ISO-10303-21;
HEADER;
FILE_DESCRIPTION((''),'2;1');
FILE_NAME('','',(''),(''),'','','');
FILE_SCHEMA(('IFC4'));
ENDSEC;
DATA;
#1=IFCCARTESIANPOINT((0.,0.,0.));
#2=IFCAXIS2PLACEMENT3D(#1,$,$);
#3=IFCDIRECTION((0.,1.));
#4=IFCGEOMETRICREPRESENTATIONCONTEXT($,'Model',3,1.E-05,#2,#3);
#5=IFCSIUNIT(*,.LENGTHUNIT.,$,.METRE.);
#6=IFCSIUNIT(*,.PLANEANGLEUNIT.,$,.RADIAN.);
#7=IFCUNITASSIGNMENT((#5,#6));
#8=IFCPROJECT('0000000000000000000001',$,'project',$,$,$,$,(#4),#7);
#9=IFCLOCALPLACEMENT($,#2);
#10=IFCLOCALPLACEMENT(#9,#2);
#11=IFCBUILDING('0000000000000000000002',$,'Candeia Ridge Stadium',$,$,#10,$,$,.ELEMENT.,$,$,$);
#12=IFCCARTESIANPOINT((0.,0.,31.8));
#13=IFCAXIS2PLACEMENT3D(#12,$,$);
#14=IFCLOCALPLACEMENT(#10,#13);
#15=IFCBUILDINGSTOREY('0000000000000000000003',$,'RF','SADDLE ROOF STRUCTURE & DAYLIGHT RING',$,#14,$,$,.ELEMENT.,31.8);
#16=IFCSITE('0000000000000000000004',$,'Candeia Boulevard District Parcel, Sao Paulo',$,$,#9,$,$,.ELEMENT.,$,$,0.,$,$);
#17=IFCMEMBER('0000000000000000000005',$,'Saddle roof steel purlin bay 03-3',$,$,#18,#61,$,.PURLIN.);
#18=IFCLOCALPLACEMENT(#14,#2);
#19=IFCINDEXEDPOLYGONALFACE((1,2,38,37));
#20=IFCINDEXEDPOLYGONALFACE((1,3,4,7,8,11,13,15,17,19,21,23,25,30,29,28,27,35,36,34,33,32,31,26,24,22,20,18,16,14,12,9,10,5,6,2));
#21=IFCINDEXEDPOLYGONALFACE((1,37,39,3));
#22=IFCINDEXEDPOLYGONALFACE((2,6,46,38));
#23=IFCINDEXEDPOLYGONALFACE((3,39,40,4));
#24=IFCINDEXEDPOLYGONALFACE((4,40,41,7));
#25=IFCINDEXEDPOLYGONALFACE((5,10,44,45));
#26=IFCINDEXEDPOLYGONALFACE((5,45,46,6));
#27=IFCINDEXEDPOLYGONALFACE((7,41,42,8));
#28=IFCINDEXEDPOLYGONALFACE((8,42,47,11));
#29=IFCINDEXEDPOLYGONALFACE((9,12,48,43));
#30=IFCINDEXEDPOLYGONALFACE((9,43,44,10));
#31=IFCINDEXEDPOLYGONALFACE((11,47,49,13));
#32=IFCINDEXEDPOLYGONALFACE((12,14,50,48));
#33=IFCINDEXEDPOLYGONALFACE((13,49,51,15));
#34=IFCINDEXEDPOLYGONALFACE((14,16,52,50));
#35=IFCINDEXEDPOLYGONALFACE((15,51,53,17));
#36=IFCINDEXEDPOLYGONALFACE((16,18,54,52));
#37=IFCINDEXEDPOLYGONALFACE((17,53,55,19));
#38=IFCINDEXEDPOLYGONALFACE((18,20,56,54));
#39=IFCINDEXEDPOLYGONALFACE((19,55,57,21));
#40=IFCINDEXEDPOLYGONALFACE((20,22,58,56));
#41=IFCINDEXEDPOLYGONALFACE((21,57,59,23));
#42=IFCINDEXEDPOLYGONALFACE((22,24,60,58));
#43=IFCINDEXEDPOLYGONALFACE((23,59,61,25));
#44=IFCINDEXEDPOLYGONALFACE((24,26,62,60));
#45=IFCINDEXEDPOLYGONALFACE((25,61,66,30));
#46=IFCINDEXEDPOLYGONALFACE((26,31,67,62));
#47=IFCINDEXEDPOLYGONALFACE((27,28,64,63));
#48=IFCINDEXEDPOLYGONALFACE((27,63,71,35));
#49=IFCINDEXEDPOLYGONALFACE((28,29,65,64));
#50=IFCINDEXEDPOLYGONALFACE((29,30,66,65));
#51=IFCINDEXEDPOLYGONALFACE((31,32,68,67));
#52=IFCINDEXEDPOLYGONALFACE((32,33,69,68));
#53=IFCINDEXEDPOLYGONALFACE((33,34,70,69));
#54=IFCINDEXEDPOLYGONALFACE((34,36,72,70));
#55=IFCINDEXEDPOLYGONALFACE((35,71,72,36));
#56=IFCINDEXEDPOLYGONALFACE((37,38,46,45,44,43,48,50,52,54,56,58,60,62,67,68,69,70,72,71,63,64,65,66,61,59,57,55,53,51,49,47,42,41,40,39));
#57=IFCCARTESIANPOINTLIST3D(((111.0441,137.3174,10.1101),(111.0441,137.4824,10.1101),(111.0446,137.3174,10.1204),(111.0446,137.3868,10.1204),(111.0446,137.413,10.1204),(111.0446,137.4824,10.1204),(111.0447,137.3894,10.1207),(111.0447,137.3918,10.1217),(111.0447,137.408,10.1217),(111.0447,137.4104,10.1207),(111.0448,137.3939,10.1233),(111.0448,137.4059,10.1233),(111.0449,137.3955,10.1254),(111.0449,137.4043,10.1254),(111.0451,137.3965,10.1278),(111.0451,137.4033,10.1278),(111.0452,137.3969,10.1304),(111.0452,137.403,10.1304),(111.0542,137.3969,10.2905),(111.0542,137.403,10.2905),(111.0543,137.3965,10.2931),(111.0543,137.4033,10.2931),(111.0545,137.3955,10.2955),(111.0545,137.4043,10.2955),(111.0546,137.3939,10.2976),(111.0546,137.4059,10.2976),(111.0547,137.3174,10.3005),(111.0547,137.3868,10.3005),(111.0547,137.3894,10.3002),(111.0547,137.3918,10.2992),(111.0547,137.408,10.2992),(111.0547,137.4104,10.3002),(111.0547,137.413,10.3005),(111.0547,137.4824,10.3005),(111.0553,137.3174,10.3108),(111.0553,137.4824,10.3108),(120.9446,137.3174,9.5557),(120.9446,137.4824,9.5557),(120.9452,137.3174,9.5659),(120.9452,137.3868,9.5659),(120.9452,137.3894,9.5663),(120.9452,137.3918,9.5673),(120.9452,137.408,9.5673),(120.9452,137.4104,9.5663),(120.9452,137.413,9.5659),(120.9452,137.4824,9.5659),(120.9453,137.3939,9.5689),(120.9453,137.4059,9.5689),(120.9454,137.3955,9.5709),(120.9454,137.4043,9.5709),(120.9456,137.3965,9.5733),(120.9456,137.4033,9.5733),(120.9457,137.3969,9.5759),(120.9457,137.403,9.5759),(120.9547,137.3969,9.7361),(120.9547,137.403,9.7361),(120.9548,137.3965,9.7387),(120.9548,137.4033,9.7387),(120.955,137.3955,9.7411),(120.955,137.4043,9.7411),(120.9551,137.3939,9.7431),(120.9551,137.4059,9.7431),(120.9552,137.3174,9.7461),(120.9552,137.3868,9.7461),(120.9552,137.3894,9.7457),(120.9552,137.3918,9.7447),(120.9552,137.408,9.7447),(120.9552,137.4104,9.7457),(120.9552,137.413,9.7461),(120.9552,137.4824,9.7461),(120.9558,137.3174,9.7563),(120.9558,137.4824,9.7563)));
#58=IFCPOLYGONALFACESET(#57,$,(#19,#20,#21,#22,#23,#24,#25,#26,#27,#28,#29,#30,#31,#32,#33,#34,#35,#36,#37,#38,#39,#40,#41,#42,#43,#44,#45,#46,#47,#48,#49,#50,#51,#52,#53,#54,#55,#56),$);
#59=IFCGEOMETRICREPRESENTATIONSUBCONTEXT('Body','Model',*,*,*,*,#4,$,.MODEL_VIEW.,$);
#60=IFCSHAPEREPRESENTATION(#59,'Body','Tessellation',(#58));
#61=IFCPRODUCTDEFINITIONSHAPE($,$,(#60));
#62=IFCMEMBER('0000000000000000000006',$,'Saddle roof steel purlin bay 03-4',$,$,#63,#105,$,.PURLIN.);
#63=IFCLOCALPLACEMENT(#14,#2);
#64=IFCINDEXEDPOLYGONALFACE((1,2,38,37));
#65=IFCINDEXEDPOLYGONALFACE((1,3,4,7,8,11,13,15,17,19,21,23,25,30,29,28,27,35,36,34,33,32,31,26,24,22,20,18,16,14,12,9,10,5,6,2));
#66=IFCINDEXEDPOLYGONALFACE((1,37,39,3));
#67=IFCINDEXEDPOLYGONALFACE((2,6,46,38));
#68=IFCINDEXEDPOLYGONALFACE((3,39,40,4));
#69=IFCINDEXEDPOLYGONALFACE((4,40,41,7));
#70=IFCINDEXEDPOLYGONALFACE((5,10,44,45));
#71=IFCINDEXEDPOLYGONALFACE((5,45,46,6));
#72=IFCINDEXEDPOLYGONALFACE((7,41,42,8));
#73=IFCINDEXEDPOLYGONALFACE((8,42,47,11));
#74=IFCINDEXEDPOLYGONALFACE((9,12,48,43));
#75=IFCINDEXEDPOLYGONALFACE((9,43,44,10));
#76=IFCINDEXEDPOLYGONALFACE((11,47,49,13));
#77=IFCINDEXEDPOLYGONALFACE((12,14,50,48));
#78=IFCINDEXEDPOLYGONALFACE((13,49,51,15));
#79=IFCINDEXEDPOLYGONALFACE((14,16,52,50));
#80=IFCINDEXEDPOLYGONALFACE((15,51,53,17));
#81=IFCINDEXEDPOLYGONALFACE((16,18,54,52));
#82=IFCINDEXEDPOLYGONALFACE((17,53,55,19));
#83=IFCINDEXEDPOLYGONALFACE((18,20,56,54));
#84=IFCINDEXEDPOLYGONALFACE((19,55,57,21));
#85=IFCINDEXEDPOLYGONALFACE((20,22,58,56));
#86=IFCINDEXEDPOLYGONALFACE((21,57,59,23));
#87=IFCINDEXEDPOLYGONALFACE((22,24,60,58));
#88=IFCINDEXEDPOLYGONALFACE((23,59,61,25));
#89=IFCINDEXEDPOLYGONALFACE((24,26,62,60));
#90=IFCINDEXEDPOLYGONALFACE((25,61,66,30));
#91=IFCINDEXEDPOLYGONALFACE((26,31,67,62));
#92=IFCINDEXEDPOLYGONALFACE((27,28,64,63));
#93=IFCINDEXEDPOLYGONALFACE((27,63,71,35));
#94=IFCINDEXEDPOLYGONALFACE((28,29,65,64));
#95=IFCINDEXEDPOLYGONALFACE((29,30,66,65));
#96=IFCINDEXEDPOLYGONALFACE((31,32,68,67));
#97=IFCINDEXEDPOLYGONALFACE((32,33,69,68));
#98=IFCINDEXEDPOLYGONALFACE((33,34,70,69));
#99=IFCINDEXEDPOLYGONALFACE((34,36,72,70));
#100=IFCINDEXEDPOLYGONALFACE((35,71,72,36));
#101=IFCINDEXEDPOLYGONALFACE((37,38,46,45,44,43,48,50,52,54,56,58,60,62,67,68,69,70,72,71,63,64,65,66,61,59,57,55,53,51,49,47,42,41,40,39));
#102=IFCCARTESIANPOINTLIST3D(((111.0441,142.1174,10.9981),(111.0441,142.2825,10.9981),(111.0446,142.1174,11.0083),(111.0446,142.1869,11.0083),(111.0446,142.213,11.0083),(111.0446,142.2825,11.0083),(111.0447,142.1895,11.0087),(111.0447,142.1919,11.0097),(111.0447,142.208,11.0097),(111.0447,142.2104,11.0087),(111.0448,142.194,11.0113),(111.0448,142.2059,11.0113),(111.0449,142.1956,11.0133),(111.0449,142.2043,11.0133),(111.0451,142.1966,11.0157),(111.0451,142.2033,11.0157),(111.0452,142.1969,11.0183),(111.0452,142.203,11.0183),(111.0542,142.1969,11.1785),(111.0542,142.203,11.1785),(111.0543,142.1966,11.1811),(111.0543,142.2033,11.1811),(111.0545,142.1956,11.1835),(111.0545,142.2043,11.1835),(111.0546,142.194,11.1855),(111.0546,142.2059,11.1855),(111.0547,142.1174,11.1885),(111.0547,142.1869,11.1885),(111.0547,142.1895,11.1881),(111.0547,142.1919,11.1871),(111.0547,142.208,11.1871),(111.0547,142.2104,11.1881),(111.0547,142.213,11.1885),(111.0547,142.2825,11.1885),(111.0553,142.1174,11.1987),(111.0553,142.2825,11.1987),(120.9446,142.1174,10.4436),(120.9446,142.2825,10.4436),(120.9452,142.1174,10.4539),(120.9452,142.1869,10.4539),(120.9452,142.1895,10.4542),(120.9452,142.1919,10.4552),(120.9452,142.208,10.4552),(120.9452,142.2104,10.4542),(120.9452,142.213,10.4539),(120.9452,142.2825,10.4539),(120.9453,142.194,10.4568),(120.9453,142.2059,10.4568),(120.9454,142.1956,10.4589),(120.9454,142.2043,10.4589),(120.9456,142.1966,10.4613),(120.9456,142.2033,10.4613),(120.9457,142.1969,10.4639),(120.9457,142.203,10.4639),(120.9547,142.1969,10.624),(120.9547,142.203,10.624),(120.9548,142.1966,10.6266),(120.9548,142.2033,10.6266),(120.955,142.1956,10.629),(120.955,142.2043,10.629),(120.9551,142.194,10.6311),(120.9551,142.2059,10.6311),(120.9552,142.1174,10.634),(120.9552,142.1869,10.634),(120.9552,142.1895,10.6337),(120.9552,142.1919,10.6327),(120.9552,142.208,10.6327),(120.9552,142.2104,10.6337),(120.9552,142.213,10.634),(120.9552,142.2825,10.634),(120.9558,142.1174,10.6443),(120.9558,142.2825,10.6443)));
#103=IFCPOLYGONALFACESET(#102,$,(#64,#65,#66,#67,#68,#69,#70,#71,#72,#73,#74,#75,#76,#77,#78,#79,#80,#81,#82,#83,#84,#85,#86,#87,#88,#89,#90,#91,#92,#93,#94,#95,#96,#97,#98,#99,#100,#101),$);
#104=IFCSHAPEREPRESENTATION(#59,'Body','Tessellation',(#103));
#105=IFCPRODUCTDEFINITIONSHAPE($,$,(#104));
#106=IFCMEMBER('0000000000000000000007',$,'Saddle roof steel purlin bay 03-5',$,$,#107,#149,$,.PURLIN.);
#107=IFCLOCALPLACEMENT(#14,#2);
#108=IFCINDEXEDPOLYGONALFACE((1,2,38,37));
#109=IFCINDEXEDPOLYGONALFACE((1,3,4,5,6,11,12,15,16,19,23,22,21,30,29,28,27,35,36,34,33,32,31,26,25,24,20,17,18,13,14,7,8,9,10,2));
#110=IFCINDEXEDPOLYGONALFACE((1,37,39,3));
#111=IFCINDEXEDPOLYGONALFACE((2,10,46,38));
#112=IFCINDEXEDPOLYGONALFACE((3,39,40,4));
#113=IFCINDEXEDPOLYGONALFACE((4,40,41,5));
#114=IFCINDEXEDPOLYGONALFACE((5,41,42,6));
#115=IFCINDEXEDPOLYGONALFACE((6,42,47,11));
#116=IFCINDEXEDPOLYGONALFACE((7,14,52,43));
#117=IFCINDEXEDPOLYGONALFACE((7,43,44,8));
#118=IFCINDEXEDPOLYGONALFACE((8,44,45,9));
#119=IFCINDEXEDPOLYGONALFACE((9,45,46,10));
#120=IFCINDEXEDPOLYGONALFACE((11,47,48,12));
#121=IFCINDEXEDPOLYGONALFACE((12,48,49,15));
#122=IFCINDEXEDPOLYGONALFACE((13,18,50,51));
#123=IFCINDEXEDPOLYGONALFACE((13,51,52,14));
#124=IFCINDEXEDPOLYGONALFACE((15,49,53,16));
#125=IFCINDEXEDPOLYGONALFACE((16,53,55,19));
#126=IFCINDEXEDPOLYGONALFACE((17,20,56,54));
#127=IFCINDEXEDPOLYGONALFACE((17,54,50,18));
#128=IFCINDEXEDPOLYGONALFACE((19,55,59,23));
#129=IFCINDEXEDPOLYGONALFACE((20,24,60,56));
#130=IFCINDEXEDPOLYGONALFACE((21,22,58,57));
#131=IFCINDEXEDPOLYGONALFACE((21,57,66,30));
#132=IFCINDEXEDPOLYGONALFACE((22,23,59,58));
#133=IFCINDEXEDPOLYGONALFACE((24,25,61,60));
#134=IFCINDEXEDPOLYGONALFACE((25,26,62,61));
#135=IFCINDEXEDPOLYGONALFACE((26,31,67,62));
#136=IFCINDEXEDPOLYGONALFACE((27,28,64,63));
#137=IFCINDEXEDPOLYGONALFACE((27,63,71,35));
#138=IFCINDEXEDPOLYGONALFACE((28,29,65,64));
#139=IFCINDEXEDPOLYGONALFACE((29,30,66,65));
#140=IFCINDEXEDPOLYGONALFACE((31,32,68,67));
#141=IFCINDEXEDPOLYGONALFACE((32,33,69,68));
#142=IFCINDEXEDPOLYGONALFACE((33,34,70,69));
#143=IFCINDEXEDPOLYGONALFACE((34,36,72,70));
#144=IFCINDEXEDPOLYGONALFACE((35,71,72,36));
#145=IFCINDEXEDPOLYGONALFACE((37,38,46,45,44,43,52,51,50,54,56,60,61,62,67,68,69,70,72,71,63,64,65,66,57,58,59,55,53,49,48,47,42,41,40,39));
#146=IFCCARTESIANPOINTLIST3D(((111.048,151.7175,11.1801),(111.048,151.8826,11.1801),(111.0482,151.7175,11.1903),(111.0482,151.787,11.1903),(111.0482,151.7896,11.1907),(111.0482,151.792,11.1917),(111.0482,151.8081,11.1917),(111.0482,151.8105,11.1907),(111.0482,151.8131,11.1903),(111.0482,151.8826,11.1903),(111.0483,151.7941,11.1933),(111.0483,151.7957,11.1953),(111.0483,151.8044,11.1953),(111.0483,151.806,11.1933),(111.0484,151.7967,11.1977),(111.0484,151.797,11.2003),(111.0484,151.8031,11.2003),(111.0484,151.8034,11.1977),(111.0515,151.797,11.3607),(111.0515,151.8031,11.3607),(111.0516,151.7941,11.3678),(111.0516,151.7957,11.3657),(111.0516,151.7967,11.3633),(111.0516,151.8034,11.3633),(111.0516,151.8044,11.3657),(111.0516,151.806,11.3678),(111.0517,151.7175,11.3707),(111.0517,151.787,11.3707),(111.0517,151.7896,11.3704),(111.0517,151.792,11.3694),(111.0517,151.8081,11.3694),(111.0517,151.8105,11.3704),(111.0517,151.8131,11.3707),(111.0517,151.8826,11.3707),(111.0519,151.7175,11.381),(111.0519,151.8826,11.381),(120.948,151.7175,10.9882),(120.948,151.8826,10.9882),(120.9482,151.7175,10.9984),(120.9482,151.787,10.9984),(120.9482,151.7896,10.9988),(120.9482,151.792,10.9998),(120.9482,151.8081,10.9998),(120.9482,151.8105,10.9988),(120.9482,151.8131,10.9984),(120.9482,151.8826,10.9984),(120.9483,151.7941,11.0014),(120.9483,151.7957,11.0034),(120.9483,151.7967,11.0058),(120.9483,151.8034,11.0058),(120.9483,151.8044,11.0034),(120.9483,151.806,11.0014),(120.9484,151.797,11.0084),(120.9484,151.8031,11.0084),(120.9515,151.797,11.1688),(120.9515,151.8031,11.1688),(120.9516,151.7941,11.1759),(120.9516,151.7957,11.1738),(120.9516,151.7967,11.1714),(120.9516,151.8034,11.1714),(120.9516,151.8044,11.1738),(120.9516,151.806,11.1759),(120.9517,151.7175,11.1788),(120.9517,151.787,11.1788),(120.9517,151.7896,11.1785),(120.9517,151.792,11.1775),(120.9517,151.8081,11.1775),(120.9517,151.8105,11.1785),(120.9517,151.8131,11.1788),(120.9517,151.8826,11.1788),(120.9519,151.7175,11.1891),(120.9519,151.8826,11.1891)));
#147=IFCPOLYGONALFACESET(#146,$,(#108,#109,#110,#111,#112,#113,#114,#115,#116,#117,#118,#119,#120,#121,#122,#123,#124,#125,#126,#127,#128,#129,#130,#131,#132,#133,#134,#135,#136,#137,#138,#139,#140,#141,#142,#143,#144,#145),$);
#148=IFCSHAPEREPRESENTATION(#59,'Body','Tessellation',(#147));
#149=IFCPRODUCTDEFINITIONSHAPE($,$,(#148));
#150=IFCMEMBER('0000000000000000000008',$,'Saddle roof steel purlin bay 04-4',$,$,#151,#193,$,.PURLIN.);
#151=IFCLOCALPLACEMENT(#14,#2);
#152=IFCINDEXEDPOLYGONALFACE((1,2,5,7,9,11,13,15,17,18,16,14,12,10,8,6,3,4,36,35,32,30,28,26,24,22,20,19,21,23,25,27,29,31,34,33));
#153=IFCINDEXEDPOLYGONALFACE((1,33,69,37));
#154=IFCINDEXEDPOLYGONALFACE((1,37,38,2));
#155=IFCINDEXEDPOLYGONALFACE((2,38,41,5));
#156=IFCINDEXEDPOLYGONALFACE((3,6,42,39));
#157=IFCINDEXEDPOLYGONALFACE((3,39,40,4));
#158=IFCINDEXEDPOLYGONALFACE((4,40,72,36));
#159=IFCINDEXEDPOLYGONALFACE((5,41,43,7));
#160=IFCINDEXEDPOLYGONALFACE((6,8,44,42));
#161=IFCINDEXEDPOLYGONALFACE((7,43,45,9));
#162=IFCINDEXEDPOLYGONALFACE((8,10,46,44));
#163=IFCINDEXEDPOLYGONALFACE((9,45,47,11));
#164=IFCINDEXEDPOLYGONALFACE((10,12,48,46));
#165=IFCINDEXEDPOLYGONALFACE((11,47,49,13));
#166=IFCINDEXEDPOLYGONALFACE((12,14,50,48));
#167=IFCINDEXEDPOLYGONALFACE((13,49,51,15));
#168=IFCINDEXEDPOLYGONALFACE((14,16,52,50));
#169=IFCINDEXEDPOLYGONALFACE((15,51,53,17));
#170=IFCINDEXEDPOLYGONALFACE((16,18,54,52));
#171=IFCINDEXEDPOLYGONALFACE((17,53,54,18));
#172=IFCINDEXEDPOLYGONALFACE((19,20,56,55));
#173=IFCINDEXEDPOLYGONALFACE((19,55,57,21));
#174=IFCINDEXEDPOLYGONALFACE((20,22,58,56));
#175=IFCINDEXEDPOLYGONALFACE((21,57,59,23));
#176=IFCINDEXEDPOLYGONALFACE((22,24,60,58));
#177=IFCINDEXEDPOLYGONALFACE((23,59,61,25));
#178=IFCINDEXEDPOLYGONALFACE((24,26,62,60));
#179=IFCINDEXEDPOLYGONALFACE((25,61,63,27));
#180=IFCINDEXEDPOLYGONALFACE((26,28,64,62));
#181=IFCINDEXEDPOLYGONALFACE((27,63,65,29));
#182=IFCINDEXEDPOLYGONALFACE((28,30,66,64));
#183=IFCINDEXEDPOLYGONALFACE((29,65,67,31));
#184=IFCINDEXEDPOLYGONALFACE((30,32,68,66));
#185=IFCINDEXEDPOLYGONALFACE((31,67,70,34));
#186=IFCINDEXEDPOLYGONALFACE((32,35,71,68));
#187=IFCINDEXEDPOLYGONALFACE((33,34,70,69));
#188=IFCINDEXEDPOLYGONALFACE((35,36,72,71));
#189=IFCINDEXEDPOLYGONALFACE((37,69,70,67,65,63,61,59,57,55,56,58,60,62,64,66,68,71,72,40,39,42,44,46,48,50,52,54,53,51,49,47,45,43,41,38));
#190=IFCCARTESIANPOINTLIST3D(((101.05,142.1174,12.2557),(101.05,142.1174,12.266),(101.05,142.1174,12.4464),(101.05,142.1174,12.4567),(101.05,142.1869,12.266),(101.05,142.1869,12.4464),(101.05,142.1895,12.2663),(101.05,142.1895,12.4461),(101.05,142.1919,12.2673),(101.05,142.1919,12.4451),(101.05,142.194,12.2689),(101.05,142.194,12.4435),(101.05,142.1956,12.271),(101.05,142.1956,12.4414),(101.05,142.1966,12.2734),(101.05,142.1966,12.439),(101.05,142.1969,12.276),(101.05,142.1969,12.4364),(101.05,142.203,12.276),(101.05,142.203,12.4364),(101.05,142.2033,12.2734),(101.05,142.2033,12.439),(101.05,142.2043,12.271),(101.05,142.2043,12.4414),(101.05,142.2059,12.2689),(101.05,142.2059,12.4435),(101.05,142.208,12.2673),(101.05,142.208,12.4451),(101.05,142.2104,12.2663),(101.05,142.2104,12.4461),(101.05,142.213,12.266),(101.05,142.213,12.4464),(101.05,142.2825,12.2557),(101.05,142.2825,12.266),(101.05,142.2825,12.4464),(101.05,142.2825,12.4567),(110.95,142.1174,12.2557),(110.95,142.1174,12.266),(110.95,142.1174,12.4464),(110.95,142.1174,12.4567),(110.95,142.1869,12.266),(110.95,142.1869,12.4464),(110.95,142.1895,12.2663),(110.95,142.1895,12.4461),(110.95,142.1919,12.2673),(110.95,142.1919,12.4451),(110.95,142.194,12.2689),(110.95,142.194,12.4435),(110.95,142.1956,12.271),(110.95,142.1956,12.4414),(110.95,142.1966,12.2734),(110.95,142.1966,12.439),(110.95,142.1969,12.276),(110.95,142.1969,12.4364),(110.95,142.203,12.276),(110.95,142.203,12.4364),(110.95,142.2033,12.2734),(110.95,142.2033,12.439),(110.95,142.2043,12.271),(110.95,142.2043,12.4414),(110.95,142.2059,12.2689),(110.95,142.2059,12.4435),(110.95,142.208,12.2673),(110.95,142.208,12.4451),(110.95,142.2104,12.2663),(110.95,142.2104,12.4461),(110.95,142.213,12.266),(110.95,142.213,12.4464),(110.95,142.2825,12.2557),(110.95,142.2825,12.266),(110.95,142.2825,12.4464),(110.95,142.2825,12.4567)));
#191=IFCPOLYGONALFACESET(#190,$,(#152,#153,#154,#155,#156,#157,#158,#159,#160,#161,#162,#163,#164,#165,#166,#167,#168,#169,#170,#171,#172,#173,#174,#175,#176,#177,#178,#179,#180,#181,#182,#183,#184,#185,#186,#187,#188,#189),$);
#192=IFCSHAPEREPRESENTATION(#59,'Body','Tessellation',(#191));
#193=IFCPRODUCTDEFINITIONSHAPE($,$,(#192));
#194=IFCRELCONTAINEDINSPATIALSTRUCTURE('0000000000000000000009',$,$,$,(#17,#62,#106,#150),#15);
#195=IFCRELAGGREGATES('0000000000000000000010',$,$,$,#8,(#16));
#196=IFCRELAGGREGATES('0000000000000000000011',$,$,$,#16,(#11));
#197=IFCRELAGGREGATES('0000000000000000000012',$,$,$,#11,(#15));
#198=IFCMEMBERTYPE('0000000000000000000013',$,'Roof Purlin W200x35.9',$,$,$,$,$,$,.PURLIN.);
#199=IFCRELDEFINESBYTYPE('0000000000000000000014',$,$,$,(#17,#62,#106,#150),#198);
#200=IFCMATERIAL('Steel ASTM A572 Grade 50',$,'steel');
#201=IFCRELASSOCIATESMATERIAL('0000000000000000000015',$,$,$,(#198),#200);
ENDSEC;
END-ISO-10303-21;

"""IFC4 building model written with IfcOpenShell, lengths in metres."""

from ifc_helpers import new_model, si_unit, direction, frame, origin, origin_2d, place, context, subcontext, project, spatial, i_section, extrude, material, material_profile, profile_set, type_object, element, save


model = new_model("IFC4")

# Units and contexts
model_context = context("Model", 3, precision=1e-05, world=origin(), true_north=direction((0.0, 1.0)))
body_context = subcontext(model_context, "Body", "Model", "MODEL_VIEW")
ifc_project = project(units=[si_unit("LENGTHUNIT", "METRE"), si_unit("PLANEANGLEUNIT", "RADIAN")], contexts=[model_context])

# Site, building, storey
site_placement = place(None, origin())
site = spatial("IfcSite", under=ifc_project, at=site_placement, Name="Candeia Boulevard District Parcel, Sao Paulo", CompositionType="ELEMENT", RefElevation=0.0)
building_placement = place(site_placement, origin())
building = spatial("IfcBuilding", under=site, at=building_placement, Name="Candeia Ridge Stadium", CompositionType="ELEMENT")
storey_placement = place(building_placement, frame((0.0, 0.0, 31.8)))
storey = spatial("IfcBuildingStorey", under=building, at=storey_placement, Name="RF", Description="SADDLE ROOF STRUCTURE & DAYLIGHT RING", CompositionType="ELEMENT", Elevation=31.8)

# Shared definitions
ifc_material_1 = material(Name="Steel ASTM A572 Grade 50", Category="steel")

# Members
ifc_material_profile_1 = material_profile(ifc_material_1, i_section(OverallWidth=0.165, OverallDepth=0.2009, WebThickness=0.0061, FlangeThickness=0.0103, FilletRadius=0.01, at=origin_2d()), Name="W200x35.9", Category="steel")
ifc_profile_set_1 = profile_set([ifc_material_profile_1], Name="Steel ASTM A572 Grade 50")
member_type_1 = type_object("IfcMemberType", Name="Roof Purlin W200x35.9", PredefinedType="PURLIN", material=ifc_profile_set_1)
for number, where, z_axis, x_axis, name in (
    (1, (120.9502, 137.3999, 9.656), (-0.998436, 0.0, 0.055915), (0.0, -1.0, 0.0), "Saddle roof steel purlin bay 03-3"),
    (2, (120.9502, 142.2, 10.5439), (-0.998436, 0.0, 0.055915), (0.0, -1.0, 0.0), "Saddle roof steel purlin bay 03-4"),
):
    element("IfcMember", number, at=place(storey_placement, frame(where, z_axis=z_axis, x_axis=x_axis)), inside=storey, type_object=member_type_1, Name=name, PredefinedType="PURLIN", context=body_context, shape_type="SweptSolid", body=[
        extrude(i_section(OverallWidth=0.165, OverallDepth=0.2009, WebThickness=0.0061, FlangeThickness=0.0103, FilletRadius=0.01, at=origin_2d()), origin(), (0.0, 0.0, 1.0), 9.916),
    ])
member_1_placement = place(storey_placement, frame((120.95, 151.8, 11.0886), z_axis=(-0.999812, 0.0, 0.01938), x_axis=(0.0, -1.0, 0.0)))
element("IfcMember", 3, at=member_1_placement, inside=storey, type_object=member_type_1, Name="Saddle roof steel purlin bay 03-5", PredefinedType="PURLIN", context=body_context, shape_type="SweptSolid", body=[
    extrude(i_section(OverallWidth=0.165, OverallDepth=0.2009, WebThickness=0.0061, FlangeThickness=0.0103, FilletRadius=0.01, at=origin_2d()), origin(), (0.0, 0.0, 1.0), 9.9019),
])
for number, where, z_axis, x_axis, name in (
    (4, (110.95, 142.2, 12.3562), (-1.0, 0.0, 0.0), (0.0, -1.0, 0.0), "Saddle roof steel purlin bay 04-4"),
):
    element("IfcMember", number, at=place(storey_placement, frame(where, z_axis=z_axis, x_axis=x_axis)), inside=storey, type_object=member_type_1, Name=name, PredefinedType="PURLIN", context=body_context, shape_type="SweptSolid", body=[
        extrude(i_section(OverallWidth=0.165, OverallDepth=0.2009, WebThickness=0.0061, FlangeThickness=0.0103, FilletRadius=0.01, at=origin_2d()), origin(), (0.0, 0.0, 1.0), 9.8999),
    ])

save(model, "model.ifc")
